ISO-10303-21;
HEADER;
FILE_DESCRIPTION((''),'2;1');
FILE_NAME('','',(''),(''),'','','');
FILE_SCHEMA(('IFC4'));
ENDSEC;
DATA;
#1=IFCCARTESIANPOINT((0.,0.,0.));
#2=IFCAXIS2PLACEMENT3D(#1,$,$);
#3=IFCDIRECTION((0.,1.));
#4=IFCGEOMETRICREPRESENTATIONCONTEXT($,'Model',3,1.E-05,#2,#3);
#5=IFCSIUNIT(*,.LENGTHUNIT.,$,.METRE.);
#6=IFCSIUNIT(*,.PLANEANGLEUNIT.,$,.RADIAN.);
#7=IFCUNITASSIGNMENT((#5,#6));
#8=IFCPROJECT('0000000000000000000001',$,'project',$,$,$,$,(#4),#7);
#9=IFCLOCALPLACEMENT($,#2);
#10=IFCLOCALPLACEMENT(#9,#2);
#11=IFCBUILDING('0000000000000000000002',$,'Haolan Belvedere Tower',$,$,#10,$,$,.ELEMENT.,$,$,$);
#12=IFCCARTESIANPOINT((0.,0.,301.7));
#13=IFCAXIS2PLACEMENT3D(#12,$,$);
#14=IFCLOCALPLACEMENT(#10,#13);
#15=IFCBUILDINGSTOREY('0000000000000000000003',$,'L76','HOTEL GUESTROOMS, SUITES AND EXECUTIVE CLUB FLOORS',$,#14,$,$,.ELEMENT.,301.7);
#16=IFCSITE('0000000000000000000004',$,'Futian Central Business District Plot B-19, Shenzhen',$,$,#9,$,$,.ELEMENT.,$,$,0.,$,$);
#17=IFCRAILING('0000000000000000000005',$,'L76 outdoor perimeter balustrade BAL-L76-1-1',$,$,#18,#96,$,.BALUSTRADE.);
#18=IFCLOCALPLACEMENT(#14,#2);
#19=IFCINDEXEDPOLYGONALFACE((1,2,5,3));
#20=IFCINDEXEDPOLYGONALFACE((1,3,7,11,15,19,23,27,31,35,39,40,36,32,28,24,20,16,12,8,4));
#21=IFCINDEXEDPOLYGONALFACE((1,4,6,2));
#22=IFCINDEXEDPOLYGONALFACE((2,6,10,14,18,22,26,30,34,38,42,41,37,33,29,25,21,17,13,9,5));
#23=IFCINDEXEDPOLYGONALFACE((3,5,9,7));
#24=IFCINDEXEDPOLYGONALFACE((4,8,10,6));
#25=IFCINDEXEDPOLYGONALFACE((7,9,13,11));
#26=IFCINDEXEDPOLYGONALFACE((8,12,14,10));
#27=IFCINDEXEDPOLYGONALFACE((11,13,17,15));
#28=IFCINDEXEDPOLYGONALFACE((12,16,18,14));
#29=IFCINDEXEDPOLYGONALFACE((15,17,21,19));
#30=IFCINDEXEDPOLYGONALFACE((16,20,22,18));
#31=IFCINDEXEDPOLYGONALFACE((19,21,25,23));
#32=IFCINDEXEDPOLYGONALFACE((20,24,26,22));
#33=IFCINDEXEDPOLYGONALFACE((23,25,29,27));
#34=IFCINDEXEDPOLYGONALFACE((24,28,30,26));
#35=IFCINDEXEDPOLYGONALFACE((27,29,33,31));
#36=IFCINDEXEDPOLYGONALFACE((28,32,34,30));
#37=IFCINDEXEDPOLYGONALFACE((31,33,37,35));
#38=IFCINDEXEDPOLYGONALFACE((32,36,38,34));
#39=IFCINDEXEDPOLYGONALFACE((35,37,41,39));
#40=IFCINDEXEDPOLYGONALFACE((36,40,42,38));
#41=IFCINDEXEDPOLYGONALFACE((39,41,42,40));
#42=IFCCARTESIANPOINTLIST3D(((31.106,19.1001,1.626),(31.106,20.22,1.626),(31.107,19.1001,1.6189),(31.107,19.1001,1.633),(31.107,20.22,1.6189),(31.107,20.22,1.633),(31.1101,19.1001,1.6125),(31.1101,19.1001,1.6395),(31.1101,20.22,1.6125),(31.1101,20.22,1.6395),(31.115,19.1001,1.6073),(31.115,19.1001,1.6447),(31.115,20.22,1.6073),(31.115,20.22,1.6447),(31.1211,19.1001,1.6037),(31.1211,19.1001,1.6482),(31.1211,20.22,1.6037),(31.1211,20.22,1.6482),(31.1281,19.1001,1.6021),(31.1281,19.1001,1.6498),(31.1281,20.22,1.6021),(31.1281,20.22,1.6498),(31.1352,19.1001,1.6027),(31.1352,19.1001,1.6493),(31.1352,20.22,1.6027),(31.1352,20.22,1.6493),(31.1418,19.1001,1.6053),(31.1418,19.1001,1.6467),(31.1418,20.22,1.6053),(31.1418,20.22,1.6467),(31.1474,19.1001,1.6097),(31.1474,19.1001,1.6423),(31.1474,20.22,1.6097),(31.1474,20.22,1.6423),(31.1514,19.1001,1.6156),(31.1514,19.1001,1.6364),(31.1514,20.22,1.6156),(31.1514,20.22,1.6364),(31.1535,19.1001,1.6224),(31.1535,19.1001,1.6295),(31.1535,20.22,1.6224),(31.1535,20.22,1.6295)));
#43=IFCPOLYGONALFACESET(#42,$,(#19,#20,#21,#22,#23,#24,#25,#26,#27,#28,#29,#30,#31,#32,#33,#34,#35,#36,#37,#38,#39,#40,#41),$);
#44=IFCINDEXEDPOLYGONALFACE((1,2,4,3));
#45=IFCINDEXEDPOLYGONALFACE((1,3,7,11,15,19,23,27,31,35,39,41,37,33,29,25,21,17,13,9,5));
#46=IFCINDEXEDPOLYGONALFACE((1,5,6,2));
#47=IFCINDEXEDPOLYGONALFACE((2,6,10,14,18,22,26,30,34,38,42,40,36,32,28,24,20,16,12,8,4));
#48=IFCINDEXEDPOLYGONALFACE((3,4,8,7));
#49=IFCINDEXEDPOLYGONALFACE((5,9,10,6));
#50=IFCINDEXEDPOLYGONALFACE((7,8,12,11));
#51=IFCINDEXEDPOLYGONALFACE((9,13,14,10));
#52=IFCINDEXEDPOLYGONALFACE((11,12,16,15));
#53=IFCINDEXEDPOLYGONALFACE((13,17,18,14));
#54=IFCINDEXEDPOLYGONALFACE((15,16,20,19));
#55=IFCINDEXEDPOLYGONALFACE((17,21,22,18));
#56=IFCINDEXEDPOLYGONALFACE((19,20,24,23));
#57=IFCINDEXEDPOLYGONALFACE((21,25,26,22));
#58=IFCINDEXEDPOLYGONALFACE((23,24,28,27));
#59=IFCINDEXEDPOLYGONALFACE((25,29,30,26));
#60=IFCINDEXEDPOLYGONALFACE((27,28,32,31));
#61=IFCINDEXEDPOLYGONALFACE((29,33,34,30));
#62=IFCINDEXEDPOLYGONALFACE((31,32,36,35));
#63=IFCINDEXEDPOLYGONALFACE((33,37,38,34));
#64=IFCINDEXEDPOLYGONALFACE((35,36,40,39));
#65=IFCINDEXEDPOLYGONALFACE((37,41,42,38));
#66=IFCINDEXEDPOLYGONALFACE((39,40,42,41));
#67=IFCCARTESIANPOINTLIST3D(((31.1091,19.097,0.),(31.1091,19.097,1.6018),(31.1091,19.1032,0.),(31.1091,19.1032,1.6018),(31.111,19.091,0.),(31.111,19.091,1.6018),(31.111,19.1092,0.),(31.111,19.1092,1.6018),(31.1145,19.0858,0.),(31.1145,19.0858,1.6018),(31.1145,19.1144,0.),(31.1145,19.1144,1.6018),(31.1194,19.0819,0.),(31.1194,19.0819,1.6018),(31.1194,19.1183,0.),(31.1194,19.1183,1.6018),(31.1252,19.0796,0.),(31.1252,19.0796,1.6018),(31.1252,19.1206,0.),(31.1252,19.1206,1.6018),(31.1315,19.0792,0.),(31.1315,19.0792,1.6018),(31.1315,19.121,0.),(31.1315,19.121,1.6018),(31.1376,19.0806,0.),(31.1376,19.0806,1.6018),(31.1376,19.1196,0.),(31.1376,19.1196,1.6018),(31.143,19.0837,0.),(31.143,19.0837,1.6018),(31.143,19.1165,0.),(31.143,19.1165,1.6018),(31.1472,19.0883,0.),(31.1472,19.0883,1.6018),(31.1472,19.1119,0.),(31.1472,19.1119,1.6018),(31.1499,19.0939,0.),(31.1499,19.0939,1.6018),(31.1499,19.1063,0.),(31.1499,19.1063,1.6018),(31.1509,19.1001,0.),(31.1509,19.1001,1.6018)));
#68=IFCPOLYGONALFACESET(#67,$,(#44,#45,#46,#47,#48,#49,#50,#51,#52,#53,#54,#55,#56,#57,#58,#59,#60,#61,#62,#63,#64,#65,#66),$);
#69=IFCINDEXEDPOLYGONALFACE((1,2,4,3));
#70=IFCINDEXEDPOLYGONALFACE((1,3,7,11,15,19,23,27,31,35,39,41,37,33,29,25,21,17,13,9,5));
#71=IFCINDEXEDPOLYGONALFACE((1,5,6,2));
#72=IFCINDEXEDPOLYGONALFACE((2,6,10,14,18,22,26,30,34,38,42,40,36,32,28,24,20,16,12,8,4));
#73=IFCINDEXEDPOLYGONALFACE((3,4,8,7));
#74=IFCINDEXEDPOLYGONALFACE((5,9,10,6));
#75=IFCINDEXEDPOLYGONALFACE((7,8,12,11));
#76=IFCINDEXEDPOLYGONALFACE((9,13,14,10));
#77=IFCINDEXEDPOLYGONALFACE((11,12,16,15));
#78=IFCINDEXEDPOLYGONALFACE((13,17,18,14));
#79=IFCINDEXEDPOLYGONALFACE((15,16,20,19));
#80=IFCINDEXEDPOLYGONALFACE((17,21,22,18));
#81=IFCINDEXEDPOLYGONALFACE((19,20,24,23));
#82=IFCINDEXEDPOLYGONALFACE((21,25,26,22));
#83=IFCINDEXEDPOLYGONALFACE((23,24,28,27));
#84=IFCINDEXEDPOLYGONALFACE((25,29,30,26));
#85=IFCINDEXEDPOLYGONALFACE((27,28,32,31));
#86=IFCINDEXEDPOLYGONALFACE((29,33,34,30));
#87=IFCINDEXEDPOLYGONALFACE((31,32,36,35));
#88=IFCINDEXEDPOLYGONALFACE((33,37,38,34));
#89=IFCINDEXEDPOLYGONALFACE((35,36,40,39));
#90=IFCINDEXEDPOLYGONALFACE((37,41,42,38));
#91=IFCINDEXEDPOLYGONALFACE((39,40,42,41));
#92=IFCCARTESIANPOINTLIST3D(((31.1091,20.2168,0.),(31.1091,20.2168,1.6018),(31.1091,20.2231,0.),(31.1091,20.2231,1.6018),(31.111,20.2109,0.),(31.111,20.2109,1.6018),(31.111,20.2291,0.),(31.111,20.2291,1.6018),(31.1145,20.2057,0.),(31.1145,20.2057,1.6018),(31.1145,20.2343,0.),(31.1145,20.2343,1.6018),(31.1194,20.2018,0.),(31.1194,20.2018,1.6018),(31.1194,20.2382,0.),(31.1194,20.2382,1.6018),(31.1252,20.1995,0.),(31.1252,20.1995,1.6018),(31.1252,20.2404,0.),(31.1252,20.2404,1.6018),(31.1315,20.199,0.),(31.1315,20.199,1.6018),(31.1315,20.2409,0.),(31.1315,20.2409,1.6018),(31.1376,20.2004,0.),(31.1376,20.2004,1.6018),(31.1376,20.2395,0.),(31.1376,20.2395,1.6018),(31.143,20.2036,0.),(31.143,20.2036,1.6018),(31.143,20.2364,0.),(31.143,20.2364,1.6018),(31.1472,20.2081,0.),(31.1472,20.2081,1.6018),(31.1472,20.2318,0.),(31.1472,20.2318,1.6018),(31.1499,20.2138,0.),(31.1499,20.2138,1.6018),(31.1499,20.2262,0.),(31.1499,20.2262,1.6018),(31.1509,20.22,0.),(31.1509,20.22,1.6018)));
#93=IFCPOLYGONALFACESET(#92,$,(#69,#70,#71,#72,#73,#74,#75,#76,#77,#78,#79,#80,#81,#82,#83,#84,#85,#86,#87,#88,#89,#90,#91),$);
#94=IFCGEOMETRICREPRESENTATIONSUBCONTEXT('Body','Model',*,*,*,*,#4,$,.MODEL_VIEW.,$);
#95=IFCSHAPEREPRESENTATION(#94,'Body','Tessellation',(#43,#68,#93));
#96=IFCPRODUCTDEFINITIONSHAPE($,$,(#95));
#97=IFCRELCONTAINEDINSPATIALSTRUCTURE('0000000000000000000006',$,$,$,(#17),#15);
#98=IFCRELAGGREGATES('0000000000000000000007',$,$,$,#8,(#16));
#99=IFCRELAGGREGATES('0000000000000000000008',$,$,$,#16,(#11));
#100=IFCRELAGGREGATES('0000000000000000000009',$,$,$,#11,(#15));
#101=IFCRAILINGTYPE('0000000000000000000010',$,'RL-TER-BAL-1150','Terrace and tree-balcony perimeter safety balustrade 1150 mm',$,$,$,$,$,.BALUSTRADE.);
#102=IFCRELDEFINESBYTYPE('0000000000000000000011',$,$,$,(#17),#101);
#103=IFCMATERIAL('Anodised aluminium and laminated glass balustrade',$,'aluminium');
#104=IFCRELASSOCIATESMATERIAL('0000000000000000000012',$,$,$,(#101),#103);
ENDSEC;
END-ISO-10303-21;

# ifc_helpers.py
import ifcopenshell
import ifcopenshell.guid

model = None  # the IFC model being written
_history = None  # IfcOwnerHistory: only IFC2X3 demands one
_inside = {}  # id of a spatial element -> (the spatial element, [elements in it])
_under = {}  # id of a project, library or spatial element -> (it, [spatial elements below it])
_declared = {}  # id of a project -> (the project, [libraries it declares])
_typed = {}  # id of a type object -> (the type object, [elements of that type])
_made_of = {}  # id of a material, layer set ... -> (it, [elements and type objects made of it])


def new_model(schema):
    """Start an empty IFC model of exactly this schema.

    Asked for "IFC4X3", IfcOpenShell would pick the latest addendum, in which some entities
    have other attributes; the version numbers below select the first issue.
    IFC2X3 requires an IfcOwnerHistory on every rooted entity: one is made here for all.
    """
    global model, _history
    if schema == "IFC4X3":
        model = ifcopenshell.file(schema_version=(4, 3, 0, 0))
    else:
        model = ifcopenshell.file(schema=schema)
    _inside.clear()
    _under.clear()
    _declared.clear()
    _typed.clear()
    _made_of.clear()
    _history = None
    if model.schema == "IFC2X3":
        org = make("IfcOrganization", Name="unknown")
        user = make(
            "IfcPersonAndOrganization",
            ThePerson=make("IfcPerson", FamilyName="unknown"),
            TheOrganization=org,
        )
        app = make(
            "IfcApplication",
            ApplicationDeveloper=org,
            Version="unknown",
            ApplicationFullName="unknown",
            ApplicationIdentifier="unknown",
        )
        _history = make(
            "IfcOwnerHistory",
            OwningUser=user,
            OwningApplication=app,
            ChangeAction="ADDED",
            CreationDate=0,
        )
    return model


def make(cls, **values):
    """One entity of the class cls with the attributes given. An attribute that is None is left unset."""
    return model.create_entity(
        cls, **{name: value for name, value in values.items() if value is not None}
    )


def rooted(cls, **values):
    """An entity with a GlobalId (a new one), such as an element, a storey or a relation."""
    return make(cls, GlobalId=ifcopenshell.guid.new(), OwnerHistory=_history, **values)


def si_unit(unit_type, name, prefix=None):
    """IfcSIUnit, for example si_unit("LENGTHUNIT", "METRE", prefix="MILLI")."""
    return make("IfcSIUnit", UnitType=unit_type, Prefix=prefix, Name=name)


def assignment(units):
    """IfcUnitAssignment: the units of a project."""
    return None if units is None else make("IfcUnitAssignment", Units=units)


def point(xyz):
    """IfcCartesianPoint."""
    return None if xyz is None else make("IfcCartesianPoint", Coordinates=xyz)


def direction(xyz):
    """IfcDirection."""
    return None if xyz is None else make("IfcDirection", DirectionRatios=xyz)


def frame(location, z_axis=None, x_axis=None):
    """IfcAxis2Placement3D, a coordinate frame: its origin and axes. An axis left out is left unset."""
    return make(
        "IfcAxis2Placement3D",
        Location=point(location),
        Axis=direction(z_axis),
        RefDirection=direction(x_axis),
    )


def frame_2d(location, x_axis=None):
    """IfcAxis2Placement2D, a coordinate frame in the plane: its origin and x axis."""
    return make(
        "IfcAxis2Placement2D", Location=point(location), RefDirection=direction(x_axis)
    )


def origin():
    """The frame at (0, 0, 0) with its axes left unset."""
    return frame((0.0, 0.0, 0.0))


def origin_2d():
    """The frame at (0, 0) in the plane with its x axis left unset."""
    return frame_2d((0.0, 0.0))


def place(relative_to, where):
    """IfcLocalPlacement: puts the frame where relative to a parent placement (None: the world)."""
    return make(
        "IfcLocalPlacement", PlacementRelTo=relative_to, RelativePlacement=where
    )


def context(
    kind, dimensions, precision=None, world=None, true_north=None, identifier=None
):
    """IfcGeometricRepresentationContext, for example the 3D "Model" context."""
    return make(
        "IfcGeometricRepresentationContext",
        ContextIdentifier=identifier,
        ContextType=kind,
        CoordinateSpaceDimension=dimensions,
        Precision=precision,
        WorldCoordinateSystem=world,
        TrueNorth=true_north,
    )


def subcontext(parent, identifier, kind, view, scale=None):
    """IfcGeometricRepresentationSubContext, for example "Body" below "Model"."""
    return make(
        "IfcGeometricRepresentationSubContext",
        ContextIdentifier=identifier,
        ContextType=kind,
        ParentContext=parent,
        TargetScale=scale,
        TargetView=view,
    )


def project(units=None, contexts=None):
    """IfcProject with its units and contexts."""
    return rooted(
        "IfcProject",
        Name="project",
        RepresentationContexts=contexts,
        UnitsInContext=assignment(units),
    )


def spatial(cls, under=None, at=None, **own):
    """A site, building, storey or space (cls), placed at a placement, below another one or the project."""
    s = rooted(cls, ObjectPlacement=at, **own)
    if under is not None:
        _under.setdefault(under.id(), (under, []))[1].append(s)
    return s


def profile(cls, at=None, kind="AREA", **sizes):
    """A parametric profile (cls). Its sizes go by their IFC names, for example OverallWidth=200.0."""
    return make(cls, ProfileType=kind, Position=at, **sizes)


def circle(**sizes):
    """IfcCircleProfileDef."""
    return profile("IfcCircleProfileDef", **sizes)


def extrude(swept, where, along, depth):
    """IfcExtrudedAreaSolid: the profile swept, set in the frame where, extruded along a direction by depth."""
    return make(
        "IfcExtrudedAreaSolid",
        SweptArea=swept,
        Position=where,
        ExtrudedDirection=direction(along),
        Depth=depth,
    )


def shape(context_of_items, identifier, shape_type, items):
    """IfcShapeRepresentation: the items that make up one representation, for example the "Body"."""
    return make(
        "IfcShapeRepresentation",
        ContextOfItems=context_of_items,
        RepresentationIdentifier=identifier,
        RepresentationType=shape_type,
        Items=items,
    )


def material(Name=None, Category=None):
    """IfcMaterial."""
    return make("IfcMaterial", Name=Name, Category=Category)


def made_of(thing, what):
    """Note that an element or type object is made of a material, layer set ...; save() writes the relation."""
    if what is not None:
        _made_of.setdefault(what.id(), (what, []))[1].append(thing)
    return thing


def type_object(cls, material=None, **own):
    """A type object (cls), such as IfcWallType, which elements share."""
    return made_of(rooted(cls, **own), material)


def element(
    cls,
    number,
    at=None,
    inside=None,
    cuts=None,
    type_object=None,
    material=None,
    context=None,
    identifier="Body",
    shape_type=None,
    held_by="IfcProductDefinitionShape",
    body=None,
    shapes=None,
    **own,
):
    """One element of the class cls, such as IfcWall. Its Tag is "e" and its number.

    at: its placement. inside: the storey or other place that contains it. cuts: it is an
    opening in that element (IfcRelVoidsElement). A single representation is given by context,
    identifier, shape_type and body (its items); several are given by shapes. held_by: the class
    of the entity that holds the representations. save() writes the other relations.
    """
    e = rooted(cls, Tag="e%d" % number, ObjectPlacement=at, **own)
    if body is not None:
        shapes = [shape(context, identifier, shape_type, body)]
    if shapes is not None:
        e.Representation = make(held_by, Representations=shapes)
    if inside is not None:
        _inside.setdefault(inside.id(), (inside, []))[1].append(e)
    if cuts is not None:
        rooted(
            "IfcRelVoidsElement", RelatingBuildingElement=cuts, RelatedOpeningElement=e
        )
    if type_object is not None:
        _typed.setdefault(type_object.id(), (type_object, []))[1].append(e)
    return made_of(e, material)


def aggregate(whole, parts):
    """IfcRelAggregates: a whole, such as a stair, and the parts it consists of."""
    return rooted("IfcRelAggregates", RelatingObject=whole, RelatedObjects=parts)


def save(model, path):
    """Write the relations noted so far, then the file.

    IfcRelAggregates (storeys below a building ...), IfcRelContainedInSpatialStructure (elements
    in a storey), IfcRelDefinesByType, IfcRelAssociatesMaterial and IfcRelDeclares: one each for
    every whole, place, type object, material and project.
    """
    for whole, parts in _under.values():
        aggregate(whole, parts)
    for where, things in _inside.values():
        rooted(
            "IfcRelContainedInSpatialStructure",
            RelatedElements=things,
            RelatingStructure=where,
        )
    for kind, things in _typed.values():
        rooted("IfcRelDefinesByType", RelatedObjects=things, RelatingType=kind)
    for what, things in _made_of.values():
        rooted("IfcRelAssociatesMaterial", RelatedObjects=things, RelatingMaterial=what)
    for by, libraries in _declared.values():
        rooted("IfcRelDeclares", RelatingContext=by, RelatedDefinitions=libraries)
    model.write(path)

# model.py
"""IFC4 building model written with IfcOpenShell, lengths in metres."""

from ifc_helpers import new_model, si_unit, direction, frame, origin, origin_2d, place, context, subcontext, project, spatial, circle, extrude, material, type_object, element, save


model = new_model("IFC4")

# Units and contexts
model_context = context("Model", 3, precision=1e-05, world=origin(), true_north=direction((0.0, 1.0)))
body_context = subcontext(model_context, "Body", "Model", "MODEL_VIEW")
ifc_project = project(units=[si_unit("LENGTHUNIT", "METRE"), si_unit("PLANEANGLEUNIT", "RADIAN")], contexts=[model_context])

# Site, building, storey
site_placement = place(None, origin())
site = spatial("IfcSite", under=ifc_project, at=site_placement, Name="Futian Central Business District Plot B-19, Shenzhen", CompositionType="ELEMENT", RefElevation=0.0)
building_placement = place(site_placement, origin())
building = spatial("IfcBuilding", under=site, at=building_placement, Name="Haolan Belvedere Tower", CompositionType="ELEMENT")
storey_placement = place(building_placement, frame((0.0, 0.0, 301.7)))
storey = spatial("IfcBuildingStorey", under=building, at=storey_placement, Name="L76", Description="HOTEL GUESTROOMS, SUITES AND EXECUTIVE CLUB FLOORS", CompositionType="ELEMENT", Elevation=301.7)

# Railing
ifc_material_1 = material(Name="Anodised aluminium and laminated glass balustrade", Category="aluminium")
railing_type = type_object("IfcRailingType", Name="RL-TER-BAL-1150", Description="Terrace and tree-balcony perimeter safety balustrade 1150 mm", PredefinedType="BALUSTRADE", material=ifc_material_1)
railing_1_placement = place(storey_placement, frame((31.1299, 19.1001, 0.0)))
element("IfcRailing", 1, at=railing_1_placement, inside=storey, type_object=railing_type, Name="L76 outdoor perimeter balustrade BAL-L76-1-1", PredefinedType="BALUSTRADE", context=body_context, shape_type="SweptSolid", body=[
    extrude(circle(Radius=0.0239, at=origin_2d()), frame((0.0, 0.0, 1.626), z_axis=(0.0, 1.0, 0.0), x_axis=(-1.0, 0.0, 0.0)), (0.0, 0.0, 1.0), 1.1199),
    extrude(circle(Radius=0.021, at=origin_2d()), origin(), (0.0, 0.0, 1.0), 1.6018),
    extrude(circle(Radius=0.021, at=origin_2d()), frame((0.0, 1.1199, 0.0)), (0.0, 0.0, 1.0), 1.6018),
])

save(model, "model.ifc")
